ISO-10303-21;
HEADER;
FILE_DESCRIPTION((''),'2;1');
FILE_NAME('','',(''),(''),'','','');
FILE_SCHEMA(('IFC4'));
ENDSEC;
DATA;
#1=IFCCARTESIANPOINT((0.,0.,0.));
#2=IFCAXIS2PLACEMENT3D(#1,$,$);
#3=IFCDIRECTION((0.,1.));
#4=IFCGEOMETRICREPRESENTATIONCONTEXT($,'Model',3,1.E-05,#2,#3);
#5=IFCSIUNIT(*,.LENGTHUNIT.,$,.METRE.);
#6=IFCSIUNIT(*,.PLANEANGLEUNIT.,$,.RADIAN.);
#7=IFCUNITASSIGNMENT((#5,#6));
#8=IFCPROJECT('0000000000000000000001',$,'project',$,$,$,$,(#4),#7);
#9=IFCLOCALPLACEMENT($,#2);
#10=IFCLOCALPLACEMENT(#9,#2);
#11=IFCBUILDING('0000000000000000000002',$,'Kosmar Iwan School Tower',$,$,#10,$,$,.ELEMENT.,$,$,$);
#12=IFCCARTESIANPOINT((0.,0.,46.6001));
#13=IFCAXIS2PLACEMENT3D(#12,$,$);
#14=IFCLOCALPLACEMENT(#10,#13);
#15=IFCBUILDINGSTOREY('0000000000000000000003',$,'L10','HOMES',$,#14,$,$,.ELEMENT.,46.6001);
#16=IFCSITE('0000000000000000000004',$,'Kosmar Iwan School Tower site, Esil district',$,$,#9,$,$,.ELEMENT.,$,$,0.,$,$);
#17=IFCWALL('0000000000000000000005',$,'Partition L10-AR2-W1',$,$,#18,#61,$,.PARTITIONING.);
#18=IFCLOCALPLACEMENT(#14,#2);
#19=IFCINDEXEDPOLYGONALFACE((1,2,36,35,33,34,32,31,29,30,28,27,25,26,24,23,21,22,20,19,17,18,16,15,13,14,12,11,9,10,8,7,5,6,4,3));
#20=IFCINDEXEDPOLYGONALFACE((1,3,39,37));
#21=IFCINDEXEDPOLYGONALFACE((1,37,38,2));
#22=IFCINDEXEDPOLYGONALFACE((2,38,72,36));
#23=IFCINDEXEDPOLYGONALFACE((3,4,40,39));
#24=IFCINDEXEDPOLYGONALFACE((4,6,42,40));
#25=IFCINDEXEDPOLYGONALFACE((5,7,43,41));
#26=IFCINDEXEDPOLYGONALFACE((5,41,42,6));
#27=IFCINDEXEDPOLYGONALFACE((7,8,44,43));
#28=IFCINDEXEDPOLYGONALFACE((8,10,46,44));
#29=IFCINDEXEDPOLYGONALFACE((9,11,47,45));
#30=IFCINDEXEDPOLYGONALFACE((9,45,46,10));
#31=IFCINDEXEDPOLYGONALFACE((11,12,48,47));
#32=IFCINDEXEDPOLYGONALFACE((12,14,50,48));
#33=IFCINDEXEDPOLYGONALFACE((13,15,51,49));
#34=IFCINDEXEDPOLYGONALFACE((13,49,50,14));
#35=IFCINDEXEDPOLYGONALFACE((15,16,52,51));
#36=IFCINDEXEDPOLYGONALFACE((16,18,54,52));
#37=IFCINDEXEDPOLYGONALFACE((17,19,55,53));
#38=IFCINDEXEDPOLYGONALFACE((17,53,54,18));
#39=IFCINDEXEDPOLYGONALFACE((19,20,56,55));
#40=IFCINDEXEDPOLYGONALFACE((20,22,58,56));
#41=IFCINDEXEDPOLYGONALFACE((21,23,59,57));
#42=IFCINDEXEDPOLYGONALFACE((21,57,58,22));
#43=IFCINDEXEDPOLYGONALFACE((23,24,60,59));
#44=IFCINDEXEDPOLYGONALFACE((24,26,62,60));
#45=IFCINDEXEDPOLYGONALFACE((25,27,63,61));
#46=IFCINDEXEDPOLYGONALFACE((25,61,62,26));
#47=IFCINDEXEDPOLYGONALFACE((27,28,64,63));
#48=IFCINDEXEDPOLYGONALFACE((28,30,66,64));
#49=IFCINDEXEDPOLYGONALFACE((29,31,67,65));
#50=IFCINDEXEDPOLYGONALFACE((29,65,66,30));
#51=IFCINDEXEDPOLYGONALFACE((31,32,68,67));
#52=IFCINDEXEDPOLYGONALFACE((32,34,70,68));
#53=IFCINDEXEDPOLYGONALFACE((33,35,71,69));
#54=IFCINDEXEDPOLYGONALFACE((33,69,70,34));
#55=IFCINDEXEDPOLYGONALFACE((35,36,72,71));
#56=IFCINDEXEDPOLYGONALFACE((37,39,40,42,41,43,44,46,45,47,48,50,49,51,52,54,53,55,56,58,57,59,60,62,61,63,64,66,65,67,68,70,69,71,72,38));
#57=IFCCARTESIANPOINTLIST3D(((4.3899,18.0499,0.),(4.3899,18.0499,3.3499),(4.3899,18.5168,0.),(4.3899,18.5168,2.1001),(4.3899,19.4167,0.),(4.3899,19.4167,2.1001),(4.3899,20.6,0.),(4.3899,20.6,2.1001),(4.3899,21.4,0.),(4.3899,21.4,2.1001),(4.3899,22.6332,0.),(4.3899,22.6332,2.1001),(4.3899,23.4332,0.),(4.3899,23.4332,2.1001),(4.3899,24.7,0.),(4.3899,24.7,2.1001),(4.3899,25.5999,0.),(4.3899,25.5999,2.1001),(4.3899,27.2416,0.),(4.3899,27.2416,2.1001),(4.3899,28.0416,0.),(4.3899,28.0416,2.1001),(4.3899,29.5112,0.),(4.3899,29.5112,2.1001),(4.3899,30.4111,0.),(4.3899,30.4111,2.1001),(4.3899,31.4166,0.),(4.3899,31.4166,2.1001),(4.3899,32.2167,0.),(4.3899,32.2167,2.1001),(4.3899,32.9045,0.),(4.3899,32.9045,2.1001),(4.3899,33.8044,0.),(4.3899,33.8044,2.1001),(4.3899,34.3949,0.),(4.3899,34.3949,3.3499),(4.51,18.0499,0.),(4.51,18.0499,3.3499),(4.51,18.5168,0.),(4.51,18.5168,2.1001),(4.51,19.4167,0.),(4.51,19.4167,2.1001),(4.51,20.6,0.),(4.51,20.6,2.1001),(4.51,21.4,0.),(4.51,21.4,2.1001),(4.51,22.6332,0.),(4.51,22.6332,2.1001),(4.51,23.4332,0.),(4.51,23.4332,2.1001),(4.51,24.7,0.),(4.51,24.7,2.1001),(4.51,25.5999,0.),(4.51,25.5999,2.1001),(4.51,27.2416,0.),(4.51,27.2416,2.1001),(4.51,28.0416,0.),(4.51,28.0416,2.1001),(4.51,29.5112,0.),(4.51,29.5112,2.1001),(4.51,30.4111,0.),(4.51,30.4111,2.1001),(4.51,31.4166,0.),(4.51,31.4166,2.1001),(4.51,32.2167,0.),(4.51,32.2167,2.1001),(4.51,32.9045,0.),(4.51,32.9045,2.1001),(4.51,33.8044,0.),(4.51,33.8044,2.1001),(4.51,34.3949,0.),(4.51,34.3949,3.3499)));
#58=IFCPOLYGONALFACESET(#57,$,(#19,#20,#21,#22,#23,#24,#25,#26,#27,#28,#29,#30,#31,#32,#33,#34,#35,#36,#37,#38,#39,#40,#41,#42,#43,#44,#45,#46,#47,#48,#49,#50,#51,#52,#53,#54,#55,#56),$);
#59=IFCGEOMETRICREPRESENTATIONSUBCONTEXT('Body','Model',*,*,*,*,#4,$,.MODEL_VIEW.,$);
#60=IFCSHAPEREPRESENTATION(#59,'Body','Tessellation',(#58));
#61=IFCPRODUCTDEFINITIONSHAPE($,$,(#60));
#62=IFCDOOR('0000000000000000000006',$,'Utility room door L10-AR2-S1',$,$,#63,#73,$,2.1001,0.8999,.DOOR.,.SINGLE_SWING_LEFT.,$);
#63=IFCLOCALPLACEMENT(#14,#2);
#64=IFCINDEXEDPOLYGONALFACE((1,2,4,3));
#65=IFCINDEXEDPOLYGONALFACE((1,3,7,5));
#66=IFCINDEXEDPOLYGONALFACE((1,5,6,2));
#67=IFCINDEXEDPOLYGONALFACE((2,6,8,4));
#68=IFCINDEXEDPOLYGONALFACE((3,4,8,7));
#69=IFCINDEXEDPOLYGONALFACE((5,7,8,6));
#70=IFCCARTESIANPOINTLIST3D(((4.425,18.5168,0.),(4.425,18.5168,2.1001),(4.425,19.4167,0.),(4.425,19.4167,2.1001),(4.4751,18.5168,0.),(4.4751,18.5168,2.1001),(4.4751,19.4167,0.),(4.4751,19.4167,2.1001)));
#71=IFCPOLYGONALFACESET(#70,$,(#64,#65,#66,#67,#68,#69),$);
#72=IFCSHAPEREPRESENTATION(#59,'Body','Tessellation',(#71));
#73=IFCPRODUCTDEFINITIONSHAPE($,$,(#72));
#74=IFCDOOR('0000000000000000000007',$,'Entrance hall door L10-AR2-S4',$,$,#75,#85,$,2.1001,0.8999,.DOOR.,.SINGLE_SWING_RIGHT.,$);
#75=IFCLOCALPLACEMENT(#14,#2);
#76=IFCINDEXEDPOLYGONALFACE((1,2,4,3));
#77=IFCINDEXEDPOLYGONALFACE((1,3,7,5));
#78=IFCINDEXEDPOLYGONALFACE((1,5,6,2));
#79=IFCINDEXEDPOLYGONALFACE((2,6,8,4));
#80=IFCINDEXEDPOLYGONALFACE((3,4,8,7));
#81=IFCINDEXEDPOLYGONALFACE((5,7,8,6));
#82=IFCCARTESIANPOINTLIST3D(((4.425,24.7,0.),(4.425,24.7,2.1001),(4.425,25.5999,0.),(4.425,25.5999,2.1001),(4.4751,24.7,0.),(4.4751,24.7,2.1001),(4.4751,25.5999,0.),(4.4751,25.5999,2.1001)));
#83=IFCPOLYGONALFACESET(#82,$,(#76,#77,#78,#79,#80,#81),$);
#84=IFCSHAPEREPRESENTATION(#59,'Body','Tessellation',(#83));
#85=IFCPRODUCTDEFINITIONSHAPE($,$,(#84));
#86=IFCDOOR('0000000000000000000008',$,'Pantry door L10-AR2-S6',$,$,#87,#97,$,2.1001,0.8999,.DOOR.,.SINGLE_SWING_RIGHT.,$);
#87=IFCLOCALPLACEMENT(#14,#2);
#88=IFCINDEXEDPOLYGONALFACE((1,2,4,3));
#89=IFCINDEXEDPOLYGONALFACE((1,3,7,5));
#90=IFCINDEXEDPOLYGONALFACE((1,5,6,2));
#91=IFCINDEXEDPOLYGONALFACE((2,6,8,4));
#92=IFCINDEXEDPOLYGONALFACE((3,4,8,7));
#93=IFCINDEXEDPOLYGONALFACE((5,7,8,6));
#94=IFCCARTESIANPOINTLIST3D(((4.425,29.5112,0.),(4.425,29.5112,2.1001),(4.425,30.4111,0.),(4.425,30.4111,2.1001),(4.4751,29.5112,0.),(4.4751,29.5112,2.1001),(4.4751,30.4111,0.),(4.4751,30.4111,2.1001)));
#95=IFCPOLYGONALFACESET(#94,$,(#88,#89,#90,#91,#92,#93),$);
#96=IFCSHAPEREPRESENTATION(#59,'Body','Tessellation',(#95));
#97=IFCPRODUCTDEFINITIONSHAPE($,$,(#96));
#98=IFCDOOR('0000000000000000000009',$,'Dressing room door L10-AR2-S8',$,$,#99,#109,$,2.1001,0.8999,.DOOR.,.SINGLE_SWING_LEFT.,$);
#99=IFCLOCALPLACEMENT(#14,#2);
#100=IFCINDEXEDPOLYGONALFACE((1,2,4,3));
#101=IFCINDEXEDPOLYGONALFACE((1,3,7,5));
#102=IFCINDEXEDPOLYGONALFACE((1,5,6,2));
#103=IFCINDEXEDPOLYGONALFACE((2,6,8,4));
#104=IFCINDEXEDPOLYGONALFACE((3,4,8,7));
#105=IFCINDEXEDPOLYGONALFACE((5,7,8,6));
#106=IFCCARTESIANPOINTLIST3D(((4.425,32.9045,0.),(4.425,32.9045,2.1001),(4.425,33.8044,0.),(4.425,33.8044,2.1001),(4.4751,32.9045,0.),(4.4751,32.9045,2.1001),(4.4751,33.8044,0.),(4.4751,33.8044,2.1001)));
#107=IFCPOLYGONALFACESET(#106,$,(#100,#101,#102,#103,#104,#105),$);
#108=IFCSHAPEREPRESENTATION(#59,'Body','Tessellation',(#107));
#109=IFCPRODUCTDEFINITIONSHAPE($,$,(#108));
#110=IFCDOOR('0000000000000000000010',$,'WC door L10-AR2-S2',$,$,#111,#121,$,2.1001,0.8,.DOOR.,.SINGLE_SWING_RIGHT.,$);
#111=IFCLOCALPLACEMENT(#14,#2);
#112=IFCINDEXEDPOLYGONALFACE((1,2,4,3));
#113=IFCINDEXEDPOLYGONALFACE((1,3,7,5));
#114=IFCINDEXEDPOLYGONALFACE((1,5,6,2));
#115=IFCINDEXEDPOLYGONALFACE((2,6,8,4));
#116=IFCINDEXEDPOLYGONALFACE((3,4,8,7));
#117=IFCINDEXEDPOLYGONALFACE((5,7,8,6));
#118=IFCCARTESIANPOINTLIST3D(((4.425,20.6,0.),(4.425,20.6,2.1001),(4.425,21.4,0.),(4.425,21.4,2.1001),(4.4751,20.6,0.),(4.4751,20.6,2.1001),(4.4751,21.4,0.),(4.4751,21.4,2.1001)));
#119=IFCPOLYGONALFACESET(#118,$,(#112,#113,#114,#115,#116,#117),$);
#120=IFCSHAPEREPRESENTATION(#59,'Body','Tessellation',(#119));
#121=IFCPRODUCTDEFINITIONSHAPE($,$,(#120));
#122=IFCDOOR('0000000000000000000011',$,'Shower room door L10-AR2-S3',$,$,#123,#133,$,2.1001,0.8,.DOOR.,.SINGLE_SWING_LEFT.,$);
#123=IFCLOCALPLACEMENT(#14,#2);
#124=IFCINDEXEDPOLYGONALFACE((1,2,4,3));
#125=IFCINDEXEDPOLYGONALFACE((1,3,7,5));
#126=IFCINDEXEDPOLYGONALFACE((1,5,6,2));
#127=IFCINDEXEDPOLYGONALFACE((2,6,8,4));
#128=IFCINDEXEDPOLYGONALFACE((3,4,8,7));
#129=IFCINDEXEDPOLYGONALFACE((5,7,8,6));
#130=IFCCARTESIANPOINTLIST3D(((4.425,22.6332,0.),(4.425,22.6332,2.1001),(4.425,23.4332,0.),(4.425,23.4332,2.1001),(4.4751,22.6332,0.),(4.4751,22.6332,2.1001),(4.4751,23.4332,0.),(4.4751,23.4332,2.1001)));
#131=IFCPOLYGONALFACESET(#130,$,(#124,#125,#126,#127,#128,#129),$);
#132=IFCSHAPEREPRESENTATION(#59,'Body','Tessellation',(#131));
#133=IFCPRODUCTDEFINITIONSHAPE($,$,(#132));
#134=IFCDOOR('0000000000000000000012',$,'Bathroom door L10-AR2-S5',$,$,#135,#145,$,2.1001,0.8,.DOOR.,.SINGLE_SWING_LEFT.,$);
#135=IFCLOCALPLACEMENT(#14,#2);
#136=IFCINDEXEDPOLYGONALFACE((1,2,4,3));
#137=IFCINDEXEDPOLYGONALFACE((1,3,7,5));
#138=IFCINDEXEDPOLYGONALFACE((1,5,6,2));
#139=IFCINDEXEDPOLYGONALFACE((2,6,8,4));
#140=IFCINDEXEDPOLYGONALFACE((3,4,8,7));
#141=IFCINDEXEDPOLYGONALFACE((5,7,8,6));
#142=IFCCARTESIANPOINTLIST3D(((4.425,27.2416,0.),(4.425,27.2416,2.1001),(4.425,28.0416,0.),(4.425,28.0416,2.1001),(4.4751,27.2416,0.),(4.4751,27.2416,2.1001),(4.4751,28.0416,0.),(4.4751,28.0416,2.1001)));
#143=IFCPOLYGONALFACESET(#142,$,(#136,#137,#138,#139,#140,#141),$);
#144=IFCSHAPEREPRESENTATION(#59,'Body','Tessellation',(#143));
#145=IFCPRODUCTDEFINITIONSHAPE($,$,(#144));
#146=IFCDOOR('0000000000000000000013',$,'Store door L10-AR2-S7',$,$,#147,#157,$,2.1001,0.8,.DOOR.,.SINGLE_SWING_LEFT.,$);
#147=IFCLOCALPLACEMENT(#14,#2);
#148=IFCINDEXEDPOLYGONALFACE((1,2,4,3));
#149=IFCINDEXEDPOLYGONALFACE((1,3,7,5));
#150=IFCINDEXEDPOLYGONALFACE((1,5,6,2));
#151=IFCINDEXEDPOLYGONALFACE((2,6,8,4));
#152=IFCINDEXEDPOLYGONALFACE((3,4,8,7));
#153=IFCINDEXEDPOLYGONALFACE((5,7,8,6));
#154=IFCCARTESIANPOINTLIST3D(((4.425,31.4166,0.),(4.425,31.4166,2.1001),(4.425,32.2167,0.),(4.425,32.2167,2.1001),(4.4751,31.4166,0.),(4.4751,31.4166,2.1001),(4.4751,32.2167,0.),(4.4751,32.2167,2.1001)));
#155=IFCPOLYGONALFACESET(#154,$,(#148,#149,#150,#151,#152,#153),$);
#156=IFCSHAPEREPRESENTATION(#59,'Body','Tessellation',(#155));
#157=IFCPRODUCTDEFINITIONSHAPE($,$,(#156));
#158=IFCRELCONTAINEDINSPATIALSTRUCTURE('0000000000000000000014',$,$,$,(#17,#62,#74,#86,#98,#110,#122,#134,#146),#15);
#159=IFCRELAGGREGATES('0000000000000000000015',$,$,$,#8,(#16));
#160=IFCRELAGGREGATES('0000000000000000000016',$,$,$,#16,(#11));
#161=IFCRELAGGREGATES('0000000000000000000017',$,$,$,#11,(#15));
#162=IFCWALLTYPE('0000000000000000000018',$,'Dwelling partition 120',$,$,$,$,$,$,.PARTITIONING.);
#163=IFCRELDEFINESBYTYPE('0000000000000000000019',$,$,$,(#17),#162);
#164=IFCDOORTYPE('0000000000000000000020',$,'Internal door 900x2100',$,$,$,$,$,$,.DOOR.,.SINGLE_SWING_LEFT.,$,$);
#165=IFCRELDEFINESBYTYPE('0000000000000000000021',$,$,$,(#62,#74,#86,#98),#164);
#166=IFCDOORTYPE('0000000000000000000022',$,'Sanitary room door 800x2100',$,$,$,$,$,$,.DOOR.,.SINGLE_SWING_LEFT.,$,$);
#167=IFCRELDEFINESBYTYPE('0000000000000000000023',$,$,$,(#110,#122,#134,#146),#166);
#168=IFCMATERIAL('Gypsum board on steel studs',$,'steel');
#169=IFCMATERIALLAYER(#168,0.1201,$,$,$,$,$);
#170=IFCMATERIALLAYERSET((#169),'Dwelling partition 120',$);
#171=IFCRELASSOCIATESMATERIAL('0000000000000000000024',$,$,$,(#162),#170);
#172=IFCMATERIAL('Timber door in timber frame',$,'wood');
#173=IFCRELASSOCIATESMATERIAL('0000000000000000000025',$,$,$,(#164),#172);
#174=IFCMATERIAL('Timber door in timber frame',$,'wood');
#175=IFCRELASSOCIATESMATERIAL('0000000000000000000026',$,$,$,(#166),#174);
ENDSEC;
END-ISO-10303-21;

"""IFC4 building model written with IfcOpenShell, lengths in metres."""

from ifc_helpers import new_model, si_unit, direction, frame, frame_2d, origin, place, context, subcontext, project, spatial, rectangle, extrude, material, layer, layer_set, type_object, element, fill, save


model = new_model("IFC4")

# Units and contexts
model_context = context("Model", 3, precision=1e-05, world=origin(), true_north=direction((0.0, 1.0)))
body_context = subcontext(model_context, "Body", "Model", "MODEL_VIEW")
ifc_project = project(units=[si_unit("LENGTHUNIT", "METRE"), si_unit("PLANEANGLEUNIT", "RADIAN")], contexts=[model_context])

# Site, building, storey
site_placement = place(None, origin())
site = spatial("IfcSite", under=ifc_project, at=site_placement, Name="Kosmar Iwan School Tower site, Esil district", CompositionType="ELEMENT", RefElevation=0.0)
building_placement = place(site_placement, origin())
building = spatial("IfcBuilding", under=site, at=building_placement, Name="Kosmar Iwan School Tower", CompositionType="ELEMENT")
storey_placement = place(building_placement, frame((0.0, 0.0, 46.6001)))
storey = spatial("IfcBuildingStorey", under=building, at=storey_placement, Name="L10", Description="HOMES", CompositionType="ELEMENT", Elevation=46.6001)

# Shared definitions
ifc_material_1 = material(Name="Gypsum board on steel studs", Category="steel")
ifc_layer_1 = layer(ifc_material_1, 0.1201)
ifc_layer_set_1 = layer_set([ifc_layer_1], Name="Dwelling partition 120")
wall_type_1 = type_object("IfcWallType", Name="Dwelling partition 120", PredefinedType="PARTITIONING", material=ifc_layer_set_1)

# Wall, openings, doors
wall_1_placement = place(storey_placement, frame((4.45, 18.05, 0.0), z_axis=(0.0, 0.0, 1.0), x_axis=(0.0, 1.0, 0.0)))
wall_1 = element("IfcWall", 1, at=wall_1_placement, inside=storey, type_object=wall_type_1, Name="Partition L10-AR2-W1", PredefinedType="PARTITIONING", context=body_context, shape_type="SweptSolid", body=[
    extrude(rectangle(XDim=16.345, YDim=0.1201, at=frame_2d((8.1724, 0.0))), origin(), (0.0, 0.0, 1.0), 3.3499),
])
opening_1_placement = place(wall_1_placement, frame((0.4668, 0.0, 0.0)))
opening_1 = element("IfcOpeningElement", 2, at=opening_1_placement, cuts=wall_1, PredefinedType="OPENING", context=body_context, shape_type="SweptSolid", body=[
    extrude(rectangle(XDim=0.8999, YDim=2.1001, at=frame_2d((0.45, 1.05))), frame((0.0, 0.072, 0.0), z_axis=(0.0, -1.0, 0.0), x_axis=(1.0, 0.0, 0.0)), (0.0, 0.0, 1.0), 0.144),
])
opening_2_placement = place(wall_1_placement, frame((2.55, 0.0, 0.0)))
opening_2 = element("IfcOpeningElement", 3, at=opening_2_placement, cuts=wall_1, PredefinedType="OPENING", context=body_context, shape_type="SweptSolid", body=[
    extrude(rectangle(XDim=0.8, YDim=2.1001, at=frame_2d((0.3999, 1.05))), frame((0.0, 0.072, 0.0), z_axis=(0.0, -1.0, 0.0), x_axis=(1.0, 0.0, 0.0)), (0.0, 0.0, 1.0), 0.144),
])
opening_3_placement = place(wall_1_placement, frame((4.5833, 0.0, 0.0)))
opening_3 = element("IfcOpeningElement", 4, at=opening_3_placement, cuts=wall_1, PredefinedType="OPENING", context=body_context, shape_type="SweptSolid", body=[
    extrude(rectangle(XDim=0.8, YDim=2.1001, at=frame_2d((0.3999, 1.05))), frame((0.0, 0.072, 0.0), z_axis=(0.0, -1.0, 0.0), x_axis=(1.0, 0.0, 0.0)), (0.0, 0.0, 1.0), 0.144),
])
opening_4_placement = place(wall_1_placement, frame((6.6499, 0.0, 0.0)))
opening_4 = element("IfcOpeningElement", 5, at=opening_4_placement, cuts=wall_1, PredefinedType="OPENING", context=body_context, shape_type="SweptSolid", body=[
    extrude(rectangle(XDim=0.8999, YDim=2.1001, at=frame_2d((0.45, 1.05))), frame((0.0, 0.072, 0.0), z_axis=(0.0, -1.0, 0.0), x_axis=(1.0, 0.0, 0.0)), (0.0, 0.0, 1.0), 0.144),
])
opening_5_placement = place(wall_1_placement, frame((9.1917, 0.0, 0.0)))
opening_5 = element("IfcOpeningElement", 6, at=opening_5_placement, cuts=wall_1, PredefinedType="OPENING", context=body_context, shape_type="SweptSolid", body=[
    extrude(rectangle(XDim=0.8, YDim=2.1001, at=frame_2d((0.3999, 1.05))), frame((0.0, 0.072, 0.0), z_axis=(0.0, -1.0, 0.0), x_axis=(1.0, 0.0, 0.0)), (0.0, 0.0, 1.0), 0.144),
])
opening_6_placement = place(wall_1_placement, frame((11.4612, 0.0, 0.0)))
opening_6 = element("IfcOpeningElement", 7, at=opening_6_placement, cuts=wall_1, PredefinedType="OPENING", context=body_context, shape_type="SweptSolid", body=[
    extrude(rectangle(XDim=0.8999, YDim=2.1001, at=frame_2d((0.45, 1.05))), frame((0.0, 0.072, 0.0), z_axis=(0.0, -1.0, 0.0), x_axis=(1.0, 0.0, 0.0)), (0.0, 0.0, 1.0), 0.144),
])
opening_7_placement = place(wall_1_placement, frame((13.3667, 0.0, 0.0)))
opening_7 = element("IfcOpeningElement", 8, at=opening_7_placement, cuts=wall_1, PredefinedType="OPENING", context=body_context, shape_type="SweptSolid", body=[
    extrude(rectangle(XDim=0.8, YDim=2.1001, at=frame_2d((0.3999, 1.05))), frame((0.0, 0.072, 0.0), z_axis=(0.0, -1.0, 0.0), x_axis=(1.0, 0.0, 0.0)), (0.0, 0.0, 1.0), 0.144),
])
opening_8_placement = place(wall_1_placement, frame((14.8545, 0.0, 0.0)))
opening_8 = element("IfcOpeningElement", 9, at=opening_8_placement, cuts=wall_1, PredefinedType="OPENING", context=body_context, shape_type="SweptSolid", body=[
    extrude(rectangle(XDim=0.8999, YDim=2.1001, at=frame_2d((0.45, 1.05))), frame((0.0, 0.072, 0.0), z_axis=(0.0, -1.0, 0.0), x_axis=(1.0, 0.0, 0.0)), (0.0, 0.0, 1.0), 0.144),
])
ifc_material_2 = material(Name="Timber door in timber frame", Category="wood")
door_type_1 = type_object("IfcDoorType", Name="Internal door 900x2100", OperationType="SINGLE_SWING_LEFT", PredefinedType="DOOR", material=ifc_material_2)
door_1_placement = place(opening_1_placement, origin())
door_1 = element("IfcDoor", 10, at=door_1_placement, inside=storey, type_object=door_type_1, Name="Utility room door L10-AR2-S1", OperationType="SINGLE_SWING_LEFT", OverallHeight=2.1001, OverallWidth=0.8999, PredefinedType="DOOR", context=body_context, shape_type="SweptSolid", body=[
    extrude(rectangle(XDim=0.8999, YDim=2.1001, at=frame_2d((0.45, 1.05))), frame((0.0, 0.0249, 0.0), z_axis=(0.0, -1.0, 0.0), x_axis=(1.0, 0.0, 0.0)), (0.0, 0.0, 1.0), 0.05),
])
fill(opening_1, door_1)
door_2_placement = place(opening_4_placement, origin())
door_2 = element("IfcDoor", 11, at=door_2_placement, inside=storey, type_object=door_type_1, Name="Entrance hall door L10-AR2-S4", OperationType="SINGLE_SWING_RIGHT", OverallHeight=2.1001, OverallWidth=0.8999, PredefinedType="DOOR", context=body_context, shape_type="SweptSolid", body=[
    extrude(rectangle(XDim=0.8999, YDim=2.1001, at=frame_2d((0.45, 1.05))), frame((0.0, 0.0249, 0.0), z_axis=(0.0, -1.0, 0.0), x_axis=(1.0, 0.0, 0.0)), (0.0, 0.0, 1.0), 0.05),
])
fill(opening_4, door_2)
door_3_placement = place(opening_6_placement, origin())
door_3 = element("IfcDoor", 12, at=door_3_placement, inside=storey, type_object=door_type_1, Name="Pantry door L10-AR2-S6", OperationType="SINGLE_SWING_RIGHT", OverallHeight=2.1001, OverallWidth=0.8999, PredefinedType="DOOR", context=body_context, shape_type="SweptSolid", body=[
    extrude(rectangle(XDim=0.8999, YDim=2.1001, at=frame_2d((0.45, 1.05))), frame((0.0, 0.0249, 0.0), z_axis=(0.0, -1.0, 0.0), x_axis=(1.0, 0.0, 0.0)), (0.0, 0.0, 1.0), 0.05),
])
fill(opening_6, door_3)
door_4_placement = place(opening_8_placement, origin())
door_4 = element("IfcDoor", 13, at=door_4_placement, inside=storey, type_object=door_type_1, Name="Dressing room door L10-AR2-S8", OperationType="SINGLE_SWING_LEFT", OverallHeight=2.1001, OverallWidth=0.8999, PredefinedType="DOOR", context=body_context, shape_type="SweptSolid", body=[
    extrude(rectangle(XDim=0.8999, YDim=2.1001, at=frame_2d((0.45, 1.05))), frame((0.0, 0.0249, 0.0), z_axis=(0.0, -1.0, 0.0), x_axis=(1.0, 0.0, 0.0)), (0.0, 0.0, 1.0), 0.05),
])
fill(opening_8, door_4)
ifc_material_3 = material(Name="Timber door in timber frame", Category="wood")
door_type_2 = type_object("IfcDoorType", Name="Sanitary room door 800x2100", OperationType="SINGLE_SWING_LEFT", PredefinedType="DOOR", material=ifc_material_3)
door_5_placement = place(opening_2_placement, origin())
door_5 = element("IfcDoor", 14, at=door_5_placement, inside=storey, type_object=door_type_2, Name="WC door L10-AR2-S2", OperationType="SINGLE_SWING_RIGHT", OverallHeight=2.1001, OverallWidth=0.8, PredefinedType="DOOR", context=body_context, shape_type="SweptSolid", body=[
    extrude(rectangle(XDim=0.8, YDim=2.1001, at=frame_2d((0.3999, 1.05))), frame((0.0, 0.0249, 0.0), z_axis=(0.0, -1.0, 0.0), x_axis=(1.0, 0.0, 0.0)), (0.0, 0.0, 1.0), 0.05),
])
fill(opening_2, door_5)
door_6_placement = place(opening_3_placement, origin())
door_6 = element("IfcDoor", 15, at=door_6_placement, inside=storey, type_object=door_type_2, Name="Shower room door L10-AR2-S3", OperationType="SINGLE_SWING_LEFT", OverallHeight=2.1001, OverallWidth=0.8, PredefinedType="DOOR", context=body_context, shape_type="SweptSolid", body=[
    extrude(rectangle(XDim=0.8, YDim=2.1001, at=frame_2d((0.3999, 1.05))), frame((0.0, 0.0249, 0.0), z_axis=(0.0, -1.0, 0.0), x_axis=(1.0, 0.0, 0.0)), (0.0, 0.0, 1.0), 0.05),
])
fill(opening_3, door_6)
door_7_placement = place(opening_5_placement, origin())
door_7 = element("IfcDoor", 16, at=door_7_placement, inside=storey, type_object=door_type_2, Name="Bathroom door L10-AR2-S5", OperationType="SINGLE_SWING_LEFT", OverallHeight=2.1001, OverallWidth=0.8, PredefinedType="DOOR", context=body_context, shape_type="SweptSolid", body=[
    extrude(rectangle(XDim=0.8, YDim=2.1001, at=frame_2d((0.3999, 1.05))), frame((0.0, 0.0249, 0.0), z_axis=(0.0, -1.0, 0.0), x_axis=(1.0, 0.0, 0.0)), (0.0, 0.0, 1.0), 0.05),
])
fill(opening_5, door_7)
door_8_placement = place(opening_7_placement, origin())
door_8 = element("IfcDoor", 17, at=door_8_placement, inside=storey, type_object=door_type_2, Name="Store door L10-AR2-S7", OperationType="SINGLE_SWING_LEFT", OverallHeight=2.1001, OverallWidth=0.8, PredefinedType="DOOR", context=body_context, shape_type="SweptSolid", body=[
    extrude(rectangle(XDim=0.8, YDim=2.1001, at=frame_2d((0.3999, 1.05))), frame((0.0, 0.0249, 0.0), z_axis=(0.0, -1.0, 0.0), x_axis=(1.0, 0.0, 0.0)), (0.0, 0.0, 1.0), 0.05),
])
fill(opening_7, door_8)

save(model, "model.ifc")
